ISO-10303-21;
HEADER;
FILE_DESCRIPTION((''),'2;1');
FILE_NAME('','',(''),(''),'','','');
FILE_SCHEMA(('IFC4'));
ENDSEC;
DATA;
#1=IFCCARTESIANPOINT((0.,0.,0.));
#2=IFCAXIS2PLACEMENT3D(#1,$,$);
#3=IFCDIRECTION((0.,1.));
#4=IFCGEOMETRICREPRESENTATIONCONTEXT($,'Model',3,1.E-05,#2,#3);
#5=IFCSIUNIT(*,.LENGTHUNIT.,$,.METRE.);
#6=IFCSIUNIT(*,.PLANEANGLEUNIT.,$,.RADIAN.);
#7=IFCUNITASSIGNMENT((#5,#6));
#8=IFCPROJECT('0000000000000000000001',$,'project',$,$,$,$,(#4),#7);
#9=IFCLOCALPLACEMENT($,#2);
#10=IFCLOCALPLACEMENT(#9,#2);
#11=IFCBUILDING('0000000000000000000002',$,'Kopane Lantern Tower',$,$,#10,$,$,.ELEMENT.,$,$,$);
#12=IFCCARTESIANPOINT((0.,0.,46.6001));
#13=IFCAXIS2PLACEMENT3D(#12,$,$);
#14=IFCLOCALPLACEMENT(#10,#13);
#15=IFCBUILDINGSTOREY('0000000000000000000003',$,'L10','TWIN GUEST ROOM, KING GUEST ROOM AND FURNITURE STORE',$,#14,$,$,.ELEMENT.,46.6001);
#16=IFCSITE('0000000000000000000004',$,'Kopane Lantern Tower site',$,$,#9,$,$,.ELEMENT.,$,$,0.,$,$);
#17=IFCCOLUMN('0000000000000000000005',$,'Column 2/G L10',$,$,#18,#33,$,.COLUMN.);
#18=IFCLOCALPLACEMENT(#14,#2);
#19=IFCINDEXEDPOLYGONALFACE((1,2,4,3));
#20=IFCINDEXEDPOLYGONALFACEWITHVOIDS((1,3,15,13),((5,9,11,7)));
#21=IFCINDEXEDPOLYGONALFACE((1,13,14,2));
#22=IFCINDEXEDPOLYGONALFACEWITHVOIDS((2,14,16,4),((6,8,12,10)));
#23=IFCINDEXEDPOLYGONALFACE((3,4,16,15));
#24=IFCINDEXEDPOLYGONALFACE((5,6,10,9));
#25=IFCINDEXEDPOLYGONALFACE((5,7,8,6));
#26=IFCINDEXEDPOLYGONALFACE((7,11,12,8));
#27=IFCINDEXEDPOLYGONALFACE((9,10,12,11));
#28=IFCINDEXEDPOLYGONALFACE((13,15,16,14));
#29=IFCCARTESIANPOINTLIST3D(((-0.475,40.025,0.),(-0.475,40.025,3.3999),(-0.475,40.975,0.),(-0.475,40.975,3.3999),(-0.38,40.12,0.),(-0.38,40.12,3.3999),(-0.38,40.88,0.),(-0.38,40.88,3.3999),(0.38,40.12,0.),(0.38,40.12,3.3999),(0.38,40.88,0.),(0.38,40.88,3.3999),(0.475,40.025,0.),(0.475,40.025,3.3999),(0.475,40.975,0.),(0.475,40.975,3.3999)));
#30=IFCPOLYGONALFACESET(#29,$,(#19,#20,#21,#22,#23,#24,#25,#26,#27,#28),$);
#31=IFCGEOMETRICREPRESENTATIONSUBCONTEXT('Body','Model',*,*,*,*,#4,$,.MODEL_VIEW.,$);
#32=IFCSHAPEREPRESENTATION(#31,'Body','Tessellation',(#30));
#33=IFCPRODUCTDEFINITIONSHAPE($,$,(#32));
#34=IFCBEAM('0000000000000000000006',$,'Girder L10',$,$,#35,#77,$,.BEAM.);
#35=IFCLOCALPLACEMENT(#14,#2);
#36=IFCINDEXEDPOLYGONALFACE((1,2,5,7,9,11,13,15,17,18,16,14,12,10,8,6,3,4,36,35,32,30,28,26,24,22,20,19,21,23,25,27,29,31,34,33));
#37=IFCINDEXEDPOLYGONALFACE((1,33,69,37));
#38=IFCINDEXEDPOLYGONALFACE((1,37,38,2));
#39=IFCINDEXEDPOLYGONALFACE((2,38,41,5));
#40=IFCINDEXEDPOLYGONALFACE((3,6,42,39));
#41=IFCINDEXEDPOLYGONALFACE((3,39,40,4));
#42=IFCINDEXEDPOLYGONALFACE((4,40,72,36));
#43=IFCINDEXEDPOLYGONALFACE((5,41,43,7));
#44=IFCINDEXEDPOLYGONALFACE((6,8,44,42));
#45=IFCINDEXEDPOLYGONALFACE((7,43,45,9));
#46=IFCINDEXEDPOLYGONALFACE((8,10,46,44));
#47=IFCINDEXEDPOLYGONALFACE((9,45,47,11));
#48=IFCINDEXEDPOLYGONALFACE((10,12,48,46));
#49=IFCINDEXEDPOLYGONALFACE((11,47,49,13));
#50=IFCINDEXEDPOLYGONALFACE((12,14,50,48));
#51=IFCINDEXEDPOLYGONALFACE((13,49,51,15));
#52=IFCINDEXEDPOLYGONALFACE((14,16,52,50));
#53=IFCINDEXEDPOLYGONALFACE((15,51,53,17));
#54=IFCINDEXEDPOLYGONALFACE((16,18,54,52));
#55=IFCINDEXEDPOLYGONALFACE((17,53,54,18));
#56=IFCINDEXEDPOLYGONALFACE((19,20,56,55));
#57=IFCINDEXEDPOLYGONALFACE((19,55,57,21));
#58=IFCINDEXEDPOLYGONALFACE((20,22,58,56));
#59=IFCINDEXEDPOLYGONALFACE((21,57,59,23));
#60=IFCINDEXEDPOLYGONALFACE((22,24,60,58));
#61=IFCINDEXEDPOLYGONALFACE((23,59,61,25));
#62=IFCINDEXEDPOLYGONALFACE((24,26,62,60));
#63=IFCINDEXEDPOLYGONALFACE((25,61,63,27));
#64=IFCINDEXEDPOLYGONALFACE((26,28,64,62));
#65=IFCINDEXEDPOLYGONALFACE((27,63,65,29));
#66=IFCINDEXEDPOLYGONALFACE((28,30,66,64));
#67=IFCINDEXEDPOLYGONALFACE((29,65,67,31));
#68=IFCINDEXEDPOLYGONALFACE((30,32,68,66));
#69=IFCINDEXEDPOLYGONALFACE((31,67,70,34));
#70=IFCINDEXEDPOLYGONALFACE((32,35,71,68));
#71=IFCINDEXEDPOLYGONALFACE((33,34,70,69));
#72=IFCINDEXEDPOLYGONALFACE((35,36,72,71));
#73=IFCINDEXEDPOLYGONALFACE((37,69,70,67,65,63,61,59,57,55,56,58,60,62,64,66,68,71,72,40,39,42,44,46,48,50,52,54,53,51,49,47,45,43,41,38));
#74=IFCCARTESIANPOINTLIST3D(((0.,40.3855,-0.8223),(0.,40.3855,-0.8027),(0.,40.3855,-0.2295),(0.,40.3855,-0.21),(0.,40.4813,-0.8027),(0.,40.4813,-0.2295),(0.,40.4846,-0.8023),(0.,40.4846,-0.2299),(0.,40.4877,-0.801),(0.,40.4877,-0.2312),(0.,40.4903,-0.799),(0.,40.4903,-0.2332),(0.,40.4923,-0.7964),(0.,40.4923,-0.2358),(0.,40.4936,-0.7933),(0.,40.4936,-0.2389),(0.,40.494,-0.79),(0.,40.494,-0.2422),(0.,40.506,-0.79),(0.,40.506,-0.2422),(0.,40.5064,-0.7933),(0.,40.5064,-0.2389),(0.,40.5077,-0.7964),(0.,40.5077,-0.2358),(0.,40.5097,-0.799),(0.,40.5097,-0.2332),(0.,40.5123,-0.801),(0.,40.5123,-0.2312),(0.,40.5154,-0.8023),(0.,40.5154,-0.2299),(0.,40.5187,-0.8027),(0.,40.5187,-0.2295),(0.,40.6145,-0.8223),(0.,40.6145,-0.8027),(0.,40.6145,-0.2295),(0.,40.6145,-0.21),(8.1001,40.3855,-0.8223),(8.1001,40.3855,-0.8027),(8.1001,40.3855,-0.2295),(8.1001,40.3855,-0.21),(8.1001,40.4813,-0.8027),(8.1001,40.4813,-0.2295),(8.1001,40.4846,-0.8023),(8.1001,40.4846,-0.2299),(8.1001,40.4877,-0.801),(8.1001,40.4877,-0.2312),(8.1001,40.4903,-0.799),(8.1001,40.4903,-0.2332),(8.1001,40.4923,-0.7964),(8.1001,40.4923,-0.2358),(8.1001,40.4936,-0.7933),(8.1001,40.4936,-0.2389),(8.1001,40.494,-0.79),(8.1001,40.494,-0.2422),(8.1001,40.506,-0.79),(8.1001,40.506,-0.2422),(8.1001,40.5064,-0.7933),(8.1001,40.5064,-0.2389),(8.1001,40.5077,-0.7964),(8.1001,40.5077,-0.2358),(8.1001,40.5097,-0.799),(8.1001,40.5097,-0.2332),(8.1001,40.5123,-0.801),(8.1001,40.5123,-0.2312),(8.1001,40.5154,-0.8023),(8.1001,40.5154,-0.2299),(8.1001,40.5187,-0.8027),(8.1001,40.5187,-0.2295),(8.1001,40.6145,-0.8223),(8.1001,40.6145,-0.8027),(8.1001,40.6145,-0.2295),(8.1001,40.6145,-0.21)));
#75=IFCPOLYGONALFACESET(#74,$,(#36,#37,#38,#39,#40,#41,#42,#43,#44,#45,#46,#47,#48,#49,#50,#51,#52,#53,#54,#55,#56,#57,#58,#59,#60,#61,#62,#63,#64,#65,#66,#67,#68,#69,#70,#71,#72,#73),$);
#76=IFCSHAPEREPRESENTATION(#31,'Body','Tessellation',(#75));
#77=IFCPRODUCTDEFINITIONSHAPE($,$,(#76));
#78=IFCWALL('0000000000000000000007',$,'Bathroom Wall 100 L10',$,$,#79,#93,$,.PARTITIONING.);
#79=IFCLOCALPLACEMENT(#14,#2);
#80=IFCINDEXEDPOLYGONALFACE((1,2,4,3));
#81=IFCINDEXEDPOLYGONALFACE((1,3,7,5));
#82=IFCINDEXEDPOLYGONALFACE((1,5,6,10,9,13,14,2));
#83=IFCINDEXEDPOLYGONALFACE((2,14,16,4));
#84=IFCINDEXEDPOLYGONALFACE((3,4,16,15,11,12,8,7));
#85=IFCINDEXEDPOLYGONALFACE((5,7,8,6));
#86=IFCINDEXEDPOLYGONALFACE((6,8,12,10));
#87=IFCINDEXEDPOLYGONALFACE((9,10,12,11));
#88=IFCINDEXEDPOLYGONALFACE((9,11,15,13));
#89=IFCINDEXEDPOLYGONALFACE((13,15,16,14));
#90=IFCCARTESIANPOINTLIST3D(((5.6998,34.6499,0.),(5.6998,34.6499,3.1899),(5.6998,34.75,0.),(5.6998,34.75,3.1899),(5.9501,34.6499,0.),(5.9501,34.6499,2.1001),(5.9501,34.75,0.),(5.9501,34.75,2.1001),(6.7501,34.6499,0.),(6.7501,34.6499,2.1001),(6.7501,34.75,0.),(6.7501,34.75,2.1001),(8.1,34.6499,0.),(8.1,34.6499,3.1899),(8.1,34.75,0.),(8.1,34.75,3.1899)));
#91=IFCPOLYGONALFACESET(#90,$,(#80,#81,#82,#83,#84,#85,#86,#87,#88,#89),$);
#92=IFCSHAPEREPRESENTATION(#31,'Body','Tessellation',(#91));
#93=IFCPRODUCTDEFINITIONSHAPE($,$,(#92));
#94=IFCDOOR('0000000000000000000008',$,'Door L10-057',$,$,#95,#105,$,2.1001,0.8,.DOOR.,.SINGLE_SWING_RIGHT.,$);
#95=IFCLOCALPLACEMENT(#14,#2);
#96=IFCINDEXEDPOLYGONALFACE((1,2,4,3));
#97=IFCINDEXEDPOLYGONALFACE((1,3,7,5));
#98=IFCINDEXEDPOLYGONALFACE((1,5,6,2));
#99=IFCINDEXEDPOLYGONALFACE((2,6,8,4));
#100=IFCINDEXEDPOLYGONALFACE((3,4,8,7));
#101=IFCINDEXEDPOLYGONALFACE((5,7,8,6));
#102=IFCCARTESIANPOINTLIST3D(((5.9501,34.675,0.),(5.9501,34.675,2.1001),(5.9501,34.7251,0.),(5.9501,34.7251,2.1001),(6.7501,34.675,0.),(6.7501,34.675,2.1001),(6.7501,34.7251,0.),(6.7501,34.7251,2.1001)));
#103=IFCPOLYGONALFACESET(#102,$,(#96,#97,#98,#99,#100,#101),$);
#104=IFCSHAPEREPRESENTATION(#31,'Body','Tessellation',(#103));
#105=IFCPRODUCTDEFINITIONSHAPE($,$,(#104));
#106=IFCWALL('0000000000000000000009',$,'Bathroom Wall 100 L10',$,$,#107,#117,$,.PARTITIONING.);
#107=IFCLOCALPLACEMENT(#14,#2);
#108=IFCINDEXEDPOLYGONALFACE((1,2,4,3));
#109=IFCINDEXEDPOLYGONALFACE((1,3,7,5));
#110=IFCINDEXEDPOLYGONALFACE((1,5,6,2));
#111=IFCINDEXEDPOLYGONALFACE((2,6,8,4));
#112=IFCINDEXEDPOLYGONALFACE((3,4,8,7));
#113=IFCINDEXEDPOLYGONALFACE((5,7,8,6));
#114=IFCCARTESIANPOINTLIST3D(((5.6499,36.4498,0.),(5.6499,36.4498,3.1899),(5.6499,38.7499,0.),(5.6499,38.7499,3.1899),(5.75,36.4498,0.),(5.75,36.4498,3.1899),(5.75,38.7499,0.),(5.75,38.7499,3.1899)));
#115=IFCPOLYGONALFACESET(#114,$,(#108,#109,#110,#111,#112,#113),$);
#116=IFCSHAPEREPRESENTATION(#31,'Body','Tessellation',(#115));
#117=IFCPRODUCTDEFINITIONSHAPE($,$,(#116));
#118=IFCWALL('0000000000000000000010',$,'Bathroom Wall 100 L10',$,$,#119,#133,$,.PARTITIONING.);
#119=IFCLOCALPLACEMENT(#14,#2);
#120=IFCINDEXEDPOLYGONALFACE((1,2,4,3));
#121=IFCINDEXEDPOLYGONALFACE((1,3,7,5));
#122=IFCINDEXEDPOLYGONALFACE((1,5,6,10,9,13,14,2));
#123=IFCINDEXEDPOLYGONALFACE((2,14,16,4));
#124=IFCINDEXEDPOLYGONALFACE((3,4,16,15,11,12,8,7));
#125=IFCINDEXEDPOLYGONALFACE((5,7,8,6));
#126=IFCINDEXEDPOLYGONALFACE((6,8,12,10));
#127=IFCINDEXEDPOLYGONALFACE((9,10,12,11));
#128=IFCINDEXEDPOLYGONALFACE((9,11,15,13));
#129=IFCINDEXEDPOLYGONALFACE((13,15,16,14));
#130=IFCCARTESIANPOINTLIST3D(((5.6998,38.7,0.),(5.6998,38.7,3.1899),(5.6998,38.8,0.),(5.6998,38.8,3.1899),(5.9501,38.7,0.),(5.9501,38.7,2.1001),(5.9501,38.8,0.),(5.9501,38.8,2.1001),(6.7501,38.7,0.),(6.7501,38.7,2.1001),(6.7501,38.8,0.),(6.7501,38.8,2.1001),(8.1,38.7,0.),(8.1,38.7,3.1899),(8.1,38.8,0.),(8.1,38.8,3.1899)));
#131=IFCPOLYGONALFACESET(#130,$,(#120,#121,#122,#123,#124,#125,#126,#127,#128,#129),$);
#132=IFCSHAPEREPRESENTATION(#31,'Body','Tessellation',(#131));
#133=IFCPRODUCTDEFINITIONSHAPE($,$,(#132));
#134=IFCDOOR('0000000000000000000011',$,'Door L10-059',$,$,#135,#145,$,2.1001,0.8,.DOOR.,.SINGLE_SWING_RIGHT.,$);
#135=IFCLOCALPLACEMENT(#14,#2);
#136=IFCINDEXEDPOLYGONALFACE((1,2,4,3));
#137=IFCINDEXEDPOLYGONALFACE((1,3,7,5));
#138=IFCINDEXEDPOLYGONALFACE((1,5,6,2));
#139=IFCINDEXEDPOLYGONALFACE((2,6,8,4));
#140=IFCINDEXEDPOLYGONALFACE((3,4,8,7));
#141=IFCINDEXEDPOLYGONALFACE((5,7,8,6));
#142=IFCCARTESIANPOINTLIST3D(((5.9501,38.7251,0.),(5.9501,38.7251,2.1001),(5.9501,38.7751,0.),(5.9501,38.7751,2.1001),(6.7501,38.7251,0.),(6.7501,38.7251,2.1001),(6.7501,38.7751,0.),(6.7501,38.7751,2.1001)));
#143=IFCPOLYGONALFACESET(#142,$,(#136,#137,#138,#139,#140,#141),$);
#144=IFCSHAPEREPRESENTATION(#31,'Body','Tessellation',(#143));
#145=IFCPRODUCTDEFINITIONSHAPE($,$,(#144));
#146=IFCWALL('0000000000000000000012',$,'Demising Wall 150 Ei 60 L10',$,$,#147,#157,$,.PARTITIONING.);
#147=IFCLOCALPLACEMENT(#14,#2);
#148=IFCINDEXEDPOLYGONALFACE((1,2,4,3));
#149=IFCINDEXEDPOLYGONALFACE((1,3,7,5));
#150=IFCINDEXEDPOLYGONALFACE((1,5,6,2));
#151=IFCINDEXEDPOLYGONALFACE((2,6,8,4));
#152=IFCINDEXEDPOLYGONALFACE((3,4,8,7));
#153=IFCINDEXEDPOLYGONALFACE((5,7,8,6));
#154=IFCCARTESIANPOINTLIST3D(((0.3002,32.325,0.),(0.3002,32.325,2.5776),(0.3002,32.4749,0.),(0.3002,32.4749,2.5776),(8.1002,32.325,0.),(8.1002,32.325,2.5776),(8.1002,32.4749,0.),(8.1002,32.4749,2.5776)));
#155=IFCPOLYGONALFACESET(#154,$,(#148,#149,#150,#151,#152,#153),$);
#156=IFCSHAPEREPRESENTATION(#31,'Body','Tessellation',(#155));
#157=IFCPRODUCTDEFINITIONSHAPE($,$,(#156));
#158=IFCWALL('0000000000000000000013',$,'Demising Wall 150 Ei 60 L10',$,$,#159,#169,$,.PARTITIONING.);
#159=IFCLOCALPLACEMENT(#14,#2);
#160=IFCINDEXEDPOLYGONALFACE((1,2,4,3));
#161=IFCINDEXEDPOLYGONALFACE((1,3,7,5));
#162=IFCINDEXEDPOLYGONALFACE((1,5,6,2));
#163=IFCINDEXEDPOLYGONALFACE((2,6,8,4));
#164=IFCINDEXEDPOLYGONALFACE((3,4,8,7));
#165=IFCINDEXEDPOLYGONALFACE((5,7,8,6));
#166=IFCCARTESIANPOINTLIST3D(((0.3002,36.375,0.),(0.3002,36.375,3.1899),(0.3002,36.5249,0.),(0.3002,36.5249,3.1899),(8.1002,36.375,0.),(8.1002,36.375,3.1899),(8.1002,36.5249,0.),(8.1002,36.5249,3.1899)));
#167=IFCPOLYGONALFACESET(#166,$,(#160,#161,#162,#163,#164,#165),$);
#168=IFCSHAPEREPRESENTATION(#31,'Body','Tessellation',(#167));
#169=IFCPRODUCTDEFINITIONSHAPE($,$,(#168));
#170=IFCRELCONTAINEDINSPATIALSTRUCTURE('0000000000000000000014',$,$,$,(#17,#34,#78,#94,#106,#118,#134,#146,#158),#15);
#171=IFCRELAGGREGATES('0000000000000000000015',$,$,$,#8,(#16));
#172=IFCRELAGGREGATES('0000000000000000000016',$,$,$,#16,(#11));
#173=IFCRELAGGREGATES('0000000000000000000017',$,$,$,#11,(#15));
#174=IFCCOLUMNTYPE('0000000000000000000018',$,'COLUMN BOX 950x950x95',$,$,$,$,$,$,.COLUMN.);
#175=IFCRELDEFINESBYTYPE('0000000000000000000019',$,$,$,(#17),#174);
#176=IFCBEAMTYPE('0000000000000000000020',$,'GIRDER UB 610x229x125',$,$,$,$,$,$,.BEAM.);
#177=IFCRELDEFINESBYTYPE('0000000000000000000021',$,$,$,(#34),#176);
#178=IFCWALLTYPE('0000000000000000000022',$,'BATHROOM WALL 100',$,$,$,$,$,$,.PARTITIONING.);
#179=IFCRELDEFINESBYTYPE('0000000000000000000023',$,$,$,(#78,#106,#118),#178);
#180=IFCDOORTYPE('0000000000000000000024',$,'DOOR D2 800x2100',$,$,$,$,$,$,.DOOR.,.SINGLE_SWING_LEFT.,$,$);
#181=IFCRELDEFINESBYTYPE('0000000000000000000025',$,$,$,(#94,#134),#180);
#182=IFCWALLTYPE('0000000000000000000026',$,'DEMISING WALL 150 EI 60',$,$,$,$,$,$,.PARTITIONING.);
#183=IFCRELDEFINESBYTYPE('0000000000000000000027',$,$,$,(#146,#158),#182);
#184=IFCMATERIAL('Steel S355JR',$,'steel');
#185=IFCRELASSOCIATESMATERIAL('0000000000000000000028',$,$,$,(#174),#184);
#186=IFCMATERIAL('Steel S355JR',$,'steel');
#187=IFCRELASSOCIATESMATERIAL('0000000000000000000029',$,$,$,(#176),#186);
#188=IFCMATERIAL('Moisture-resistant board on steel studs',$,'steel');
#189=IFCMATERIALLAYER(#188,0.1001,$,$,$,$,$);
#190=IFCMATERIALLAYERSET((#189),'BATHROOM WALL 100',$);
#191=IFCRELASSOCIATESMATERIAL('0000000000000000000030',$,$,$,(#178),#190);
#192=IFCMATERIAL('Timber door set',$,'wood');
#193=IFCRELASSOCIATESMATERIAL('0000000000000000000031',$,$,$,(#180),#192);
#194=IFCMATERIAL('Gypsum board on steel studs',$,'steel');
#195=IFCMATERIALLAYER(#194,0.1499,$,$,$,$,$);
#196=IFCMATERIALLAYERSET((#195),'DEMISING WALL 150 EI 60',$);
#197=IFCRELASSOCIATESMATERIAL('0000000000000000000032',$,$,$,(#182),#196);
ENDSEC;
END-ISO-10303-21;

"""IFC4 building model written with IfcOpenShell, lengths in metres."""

from ifc_helpers import new_model, si_unit, direction, frame, frame_2d, origin, origin_2d, place, context, subcontext, project, spatial, rectangle, hollow_rectangle, i_section, extrude, material, layer, layer_set, material_profile, profile_set, type_object, element, fill, save


model = new_model("IFC4")

# Units and contexts
model_context = context("Model", 3, precision=1e-05, world=origin(), true_north=direction((0.0, 1.0)))
body_context = subcontext(model_context, "Body", "Model", "MODEL_VIEW")
ifc_project = project(units=[si_unit("LENGTHUNIT", "METRE"), si_unit("PLANEANGLEUNIT", "RADIAN")], contexts=[model_context])

# Site, building, storey
site_placement = place(None, origin())
site = spatial("IfcSite", under=ifc_project, at=site_placement, Name="Kopane Lantern Tower site", CompositionType="ELEMENT", RefElevation=0.0)
building_placement = place(site_placement, origin())
building = spatial("IfcBuilding", under=site, at=building_placement, Name="Kopane Lantern Tower", CompositionType="ELEMENT")
storey_placement = place(building_placement, frame((0.0, 0.0, 46.6001)))
storey = spatial("IfcBuildingStorey", under=building, at=storey_placement, Name="L10", Description="TWIN GUEST ROOM, KING GUEST ROOM AND FURNITURE STORE", CompositionType="ELEMENT", Elevation=46.6001)

# Column
ifc_material_1 = material(Name="Steel S355JR", Category="steel")
ifc_material_profile_1 = material_profile(ifc_material_1, hollow_rectangle(XDim=0.95, YDim=0.95, WallThickness=0.095, at=origin_2d()), Name="BOX 950x950x95")
ifc_profile_set_1 = profile_set([ifc_material_profile_1], Name="Steel S355JR")
column_type = type_object("IfcColumnType", Name="COLUMN BOX 950x950x95", PredefinedType="COLUMN", material=ifc_profile_set_1)
column_placement = place(storey_placement, frame((0.0, 40.5, 0.0), z_axis=(0.0, 0.0, 1.0), x_axis=(1.0, 0.0, 0.0)))
element("IfcColumn", 1, at=column_placement, inside=storey, type_object=column_type, Name="Column 2/G L10", PredefinedType="COLUMN", context=body_context, shape_type="SweptSolid", body=[
    extrude(hollow_rectangle(XDim=0.95, YDim=0.95, WallThickness=0.095, at=origin_2d()), origin(), (0.0, 0.0, 1.0), 3.3999),
])

# Beam
ifc_material_2 = material(Name="Steel S355JR", Category="steel")
ifc_material_profile_2 = material_profile(ifc_material_2, i_section(OverallWidth=0.229, OverallDepth=0.6123, WebThickness=0.012, FlangeThickness=0.0195, FilletRadius=0.0127, at=origin_2d()), Name="UB 610x229x125")
ifc_profile_set_2 = profile_set([ifc_material_profile_2], Name="Steel S355JR")
beam_type = type_object("IfcBeamType", Name="GIRDER UB 610x229x125", PredefinedType="BEAM", material=ifc_profile_set_2)
beam_placement = place(storey_placement, frame((0.0, 40.5, -0.5161), z_axis=(1.0, 0.0, 0.0), x_axis=(0.0, 1.0, 0.0)))
element("IfcBeam", 2, at=beam_placement, inside=storey, type_object=beam_type, Name="Girder L10", PredefinedType="BEAM", context=body_context, shape_type="SweptSolid", body=[
    extrude(i_section(OverallWidth=0.229, OverallDepth=0.6123, WebThickness=0.012, FlangeThickness=0.0195, FilletRadius=0.0127, at=origin_2d()), origin(), (0.0, 0.0, 1.0), 8.1001),
])

# Wall, opening, door
ifc_material_3 = material(Name="Moisture-resistant board on steel studs", Category="steel")
ifc_layer_1 = layer(ifc_material_3, 0.1001)
ifc_layer_set_1 = layer_set([ifc_layer_1], Name="BATHROOM WALL 100")
wall_type_1 = type_object("IfcWallType", Name="BATHROOM WALL 100", PredefinedType="PARTITIONING", material=ifc_layer_set_1)
wall_1_placement = place(storey_placement, frame((8.1001, 34.7, 0.0), z_axis=(0.0, 0.0, 1.0), x_axis=(-1.0, 0.0, 0.0)))
wall_1 = element("IfcWall", 3, at=wall_1_placement, inside=storey, type_object=wall_type_1, Name="Bathroom Wall 100 L10", PredefinedType="PARTITIONING", context=body_context, shape_type="SweptSolid", body=[
    extrude(rectangle(XDim=2.4001, YDim=0.1001, at=frame_2d((1.2002, 0.0))), origin(), (0.0, 0.0, 1.0), 3.1899),
])
opening_1_placement = place(wall_1_placement, frame((1.3501, 0.0, 0.0)))
opening_1 = element("IfcOpeningElement", 4, at=opening_1_placement, cuts=wall_1, PredefinedType="OPENING", context=body_context, shape_type="SweptSolid", body=[
    extrude(rectangle(XDim=0.8, YDim=2.1001, at=frame_2d((0.3999, 1.05))), frame((0.0, 0.0601, 0.0), z_axis=(0.0, -1.0, 0.0), x_axis=(1.0, 0.0, 0.0)), (0.0, 0.0, 1.0), 0.1201),
])
ifc_material_4 = material(Name="Timber door set", Category="wood")
door_type = type_object("IfcDoorType", Name="DOOR D2 800x2100", OperationType="SINGLE_SWING_LEFT", PredefinedType="DOOR", material=ifc_material_4)
door_1_placement = place(opening_1_placement, origin())
door_1 = element("IfcDoor", 5, at=door_1_placement, inside=storey, type_object=door_type, Name="Door L10-057", OperationType="SINGLE_SWING_RIGHT", OverallHeight=2.1001, OverallWidth=0.8, PredefinedType="DOOR", context=body_context, shape_type="SweptSolid", body=[
    extrude(rectangle(XDim=0.8, YDim=2.1001, at=frame_2d((0.3999, 1.05))), frame((0.0, 0.0249, 0.0), z_axis=(0.0, -1.0, 0.0), x_axis=(1.0, 0.0, 0.0)), (0.0, 0.0, 1.0), 0.05),
])
fill(opening_1, door_1)

# Wall
wall_2_placement = place(storey_placement, frame((5.7, 36.45, 0.0), z_axis=(0.0, 0.0, 1.0), x_axis=(0.0, 1.0, 0.0)))
element("IfcWall", 6, at=wall_2_placement, inside=storey, type_object=wall_type_1, Name="Bathroom Wall 100 L10", PredefinedType="PARTITIONING", context=body_context, shape_type="SweptSolid", body=[
    extrude(rectangle(XDim=2.3, YDim=0.1001, at=frame_2d((1.1499, 0.0))), origin(), (0.0, 0.0, 1.0), 3.1899),
])

# Wall, opening, door
wall_3_placement = place(storey_placement, frame((8.1001, 38.75, 0.0), z_axis=(0.0, 0.0, 1.0), x_axis=(-1.0, 0.0, 0.0)))
wall_3 = element("IfcWall", 7, at=wall_3_placement, inside=storey, type_object=wall_type_1, Name="Bathroom Wall 100 L10", PredefinedType="PARTITIONING", context=body_context, shape_type="SweptSolid", body=[
    extrude(rectangle(XDim=2.4001, YDim=0.1001, at=frame_2d((1.2002, 0.0))), origin(), (0.0, 0.0, 1.0), 3.1899),
])
opening_2_placement = place(wall_3_placement, frame((1.3501, 0.0, 0.0)))
opening_2 = element("IfcOpeningElement", 8, at=opening_2_placement, cuts=wall_3, PredefinedType="OPENING", context=body_context, shape_type="SweptSolid", body=[
    extrude(rectangle(XDim=0.8, YDim=2.1001, at=frame_2d((0.3999, 1.05))), frame((0.0, 0.0601, 0.0), z_axis=(0.0, -1.0, 0.0), x_axis=(1.0, 0.0, 0.0)), (0.0, 0.0, 1.0), 0.1201),
])
door_2_placement = place(opening_2_placement, origin())
door_2 = element("IfcDoor", 9, at=door_2_placement, inside=storey, type_object=door_type, Name="Door L10-059", OperationType="SINGLE_SWING_RIGHT", OverallHeight=2.1001, OverallWidth=0.8, PredefinedType="DOOR", context=body_context, shape_type="SweptSolid", body=[
    extrude(rectangle(XDim=0.8, YDim=2.1001, at=frame_2d((0.3999, 1.05))), frame((0.0, 0.0249, 0.0), z_axis=(0.0, -1.0, 0.0), x_axis=(1.0, 0.0, 0.0)), (0.0, 0.0, 1.0), 0.05),
])
fill(opening_2, door_2)

# Walls
ifc_material_5 = material(Name="Gypsum board on steel studs", Category="steel")
ifc_layer_2 = layer(ifc_material_5, 0.1499)
ifc_layer_set_2 = layer_set([ifc_layer_2], Name="DEMISING WALL 150 EI 60")
wall_type_2 = type_object("IfcWallType", Name="DEMISING WALL 150 EI 60", PredefinedType="PARTITIONING", material=ifc_layer_set_2)
wall_4_placement = place(storey_placement, frame((8.1001, 32.3999, 0.0), z_axis=(0.0, 0.0, 1.0), x_axis=(-1.0, 0.0, 0.0)))
element("IfcWall", 10, at=wall_4_placement, inside=storey, type_object=wall_type_2, Name="Demising Wall 150 Ei 60 L10", PredefinedType="PARTITIONING", context=body_context, shape_type="SweptSolid", body=[
    extrude(rectangle(XDim=7.8, YDim=0.1499, at=frame_2d((3.8999, 0.0))), origin(), (0.0, 0.0, 1.0), 2.5776),
])
wall_5_placement = place(storey_placement, frame((8.1001, 36.45, 0.0), z_axis=(0.0, 0.0, 1.0), x_axis=(-1.0, 0.0, 0.0)))
element("IfcWall", 11, at=wall_5_placement, inside=storey, type_object=wall_type_2, Name="Demising Wall 150 Ei 60 L10", PredefinedType="PARTITIONING", context=body_context, shape_type="SweptSolid", body=[
    extrude(rectangle(XDim=7.8, YDim=0.1499, at=frame_2d((3.8999, 0.0))), origin(), (0.0, 0.0, 1.0), 3.1899),
])

save(model, "model.ifc")
